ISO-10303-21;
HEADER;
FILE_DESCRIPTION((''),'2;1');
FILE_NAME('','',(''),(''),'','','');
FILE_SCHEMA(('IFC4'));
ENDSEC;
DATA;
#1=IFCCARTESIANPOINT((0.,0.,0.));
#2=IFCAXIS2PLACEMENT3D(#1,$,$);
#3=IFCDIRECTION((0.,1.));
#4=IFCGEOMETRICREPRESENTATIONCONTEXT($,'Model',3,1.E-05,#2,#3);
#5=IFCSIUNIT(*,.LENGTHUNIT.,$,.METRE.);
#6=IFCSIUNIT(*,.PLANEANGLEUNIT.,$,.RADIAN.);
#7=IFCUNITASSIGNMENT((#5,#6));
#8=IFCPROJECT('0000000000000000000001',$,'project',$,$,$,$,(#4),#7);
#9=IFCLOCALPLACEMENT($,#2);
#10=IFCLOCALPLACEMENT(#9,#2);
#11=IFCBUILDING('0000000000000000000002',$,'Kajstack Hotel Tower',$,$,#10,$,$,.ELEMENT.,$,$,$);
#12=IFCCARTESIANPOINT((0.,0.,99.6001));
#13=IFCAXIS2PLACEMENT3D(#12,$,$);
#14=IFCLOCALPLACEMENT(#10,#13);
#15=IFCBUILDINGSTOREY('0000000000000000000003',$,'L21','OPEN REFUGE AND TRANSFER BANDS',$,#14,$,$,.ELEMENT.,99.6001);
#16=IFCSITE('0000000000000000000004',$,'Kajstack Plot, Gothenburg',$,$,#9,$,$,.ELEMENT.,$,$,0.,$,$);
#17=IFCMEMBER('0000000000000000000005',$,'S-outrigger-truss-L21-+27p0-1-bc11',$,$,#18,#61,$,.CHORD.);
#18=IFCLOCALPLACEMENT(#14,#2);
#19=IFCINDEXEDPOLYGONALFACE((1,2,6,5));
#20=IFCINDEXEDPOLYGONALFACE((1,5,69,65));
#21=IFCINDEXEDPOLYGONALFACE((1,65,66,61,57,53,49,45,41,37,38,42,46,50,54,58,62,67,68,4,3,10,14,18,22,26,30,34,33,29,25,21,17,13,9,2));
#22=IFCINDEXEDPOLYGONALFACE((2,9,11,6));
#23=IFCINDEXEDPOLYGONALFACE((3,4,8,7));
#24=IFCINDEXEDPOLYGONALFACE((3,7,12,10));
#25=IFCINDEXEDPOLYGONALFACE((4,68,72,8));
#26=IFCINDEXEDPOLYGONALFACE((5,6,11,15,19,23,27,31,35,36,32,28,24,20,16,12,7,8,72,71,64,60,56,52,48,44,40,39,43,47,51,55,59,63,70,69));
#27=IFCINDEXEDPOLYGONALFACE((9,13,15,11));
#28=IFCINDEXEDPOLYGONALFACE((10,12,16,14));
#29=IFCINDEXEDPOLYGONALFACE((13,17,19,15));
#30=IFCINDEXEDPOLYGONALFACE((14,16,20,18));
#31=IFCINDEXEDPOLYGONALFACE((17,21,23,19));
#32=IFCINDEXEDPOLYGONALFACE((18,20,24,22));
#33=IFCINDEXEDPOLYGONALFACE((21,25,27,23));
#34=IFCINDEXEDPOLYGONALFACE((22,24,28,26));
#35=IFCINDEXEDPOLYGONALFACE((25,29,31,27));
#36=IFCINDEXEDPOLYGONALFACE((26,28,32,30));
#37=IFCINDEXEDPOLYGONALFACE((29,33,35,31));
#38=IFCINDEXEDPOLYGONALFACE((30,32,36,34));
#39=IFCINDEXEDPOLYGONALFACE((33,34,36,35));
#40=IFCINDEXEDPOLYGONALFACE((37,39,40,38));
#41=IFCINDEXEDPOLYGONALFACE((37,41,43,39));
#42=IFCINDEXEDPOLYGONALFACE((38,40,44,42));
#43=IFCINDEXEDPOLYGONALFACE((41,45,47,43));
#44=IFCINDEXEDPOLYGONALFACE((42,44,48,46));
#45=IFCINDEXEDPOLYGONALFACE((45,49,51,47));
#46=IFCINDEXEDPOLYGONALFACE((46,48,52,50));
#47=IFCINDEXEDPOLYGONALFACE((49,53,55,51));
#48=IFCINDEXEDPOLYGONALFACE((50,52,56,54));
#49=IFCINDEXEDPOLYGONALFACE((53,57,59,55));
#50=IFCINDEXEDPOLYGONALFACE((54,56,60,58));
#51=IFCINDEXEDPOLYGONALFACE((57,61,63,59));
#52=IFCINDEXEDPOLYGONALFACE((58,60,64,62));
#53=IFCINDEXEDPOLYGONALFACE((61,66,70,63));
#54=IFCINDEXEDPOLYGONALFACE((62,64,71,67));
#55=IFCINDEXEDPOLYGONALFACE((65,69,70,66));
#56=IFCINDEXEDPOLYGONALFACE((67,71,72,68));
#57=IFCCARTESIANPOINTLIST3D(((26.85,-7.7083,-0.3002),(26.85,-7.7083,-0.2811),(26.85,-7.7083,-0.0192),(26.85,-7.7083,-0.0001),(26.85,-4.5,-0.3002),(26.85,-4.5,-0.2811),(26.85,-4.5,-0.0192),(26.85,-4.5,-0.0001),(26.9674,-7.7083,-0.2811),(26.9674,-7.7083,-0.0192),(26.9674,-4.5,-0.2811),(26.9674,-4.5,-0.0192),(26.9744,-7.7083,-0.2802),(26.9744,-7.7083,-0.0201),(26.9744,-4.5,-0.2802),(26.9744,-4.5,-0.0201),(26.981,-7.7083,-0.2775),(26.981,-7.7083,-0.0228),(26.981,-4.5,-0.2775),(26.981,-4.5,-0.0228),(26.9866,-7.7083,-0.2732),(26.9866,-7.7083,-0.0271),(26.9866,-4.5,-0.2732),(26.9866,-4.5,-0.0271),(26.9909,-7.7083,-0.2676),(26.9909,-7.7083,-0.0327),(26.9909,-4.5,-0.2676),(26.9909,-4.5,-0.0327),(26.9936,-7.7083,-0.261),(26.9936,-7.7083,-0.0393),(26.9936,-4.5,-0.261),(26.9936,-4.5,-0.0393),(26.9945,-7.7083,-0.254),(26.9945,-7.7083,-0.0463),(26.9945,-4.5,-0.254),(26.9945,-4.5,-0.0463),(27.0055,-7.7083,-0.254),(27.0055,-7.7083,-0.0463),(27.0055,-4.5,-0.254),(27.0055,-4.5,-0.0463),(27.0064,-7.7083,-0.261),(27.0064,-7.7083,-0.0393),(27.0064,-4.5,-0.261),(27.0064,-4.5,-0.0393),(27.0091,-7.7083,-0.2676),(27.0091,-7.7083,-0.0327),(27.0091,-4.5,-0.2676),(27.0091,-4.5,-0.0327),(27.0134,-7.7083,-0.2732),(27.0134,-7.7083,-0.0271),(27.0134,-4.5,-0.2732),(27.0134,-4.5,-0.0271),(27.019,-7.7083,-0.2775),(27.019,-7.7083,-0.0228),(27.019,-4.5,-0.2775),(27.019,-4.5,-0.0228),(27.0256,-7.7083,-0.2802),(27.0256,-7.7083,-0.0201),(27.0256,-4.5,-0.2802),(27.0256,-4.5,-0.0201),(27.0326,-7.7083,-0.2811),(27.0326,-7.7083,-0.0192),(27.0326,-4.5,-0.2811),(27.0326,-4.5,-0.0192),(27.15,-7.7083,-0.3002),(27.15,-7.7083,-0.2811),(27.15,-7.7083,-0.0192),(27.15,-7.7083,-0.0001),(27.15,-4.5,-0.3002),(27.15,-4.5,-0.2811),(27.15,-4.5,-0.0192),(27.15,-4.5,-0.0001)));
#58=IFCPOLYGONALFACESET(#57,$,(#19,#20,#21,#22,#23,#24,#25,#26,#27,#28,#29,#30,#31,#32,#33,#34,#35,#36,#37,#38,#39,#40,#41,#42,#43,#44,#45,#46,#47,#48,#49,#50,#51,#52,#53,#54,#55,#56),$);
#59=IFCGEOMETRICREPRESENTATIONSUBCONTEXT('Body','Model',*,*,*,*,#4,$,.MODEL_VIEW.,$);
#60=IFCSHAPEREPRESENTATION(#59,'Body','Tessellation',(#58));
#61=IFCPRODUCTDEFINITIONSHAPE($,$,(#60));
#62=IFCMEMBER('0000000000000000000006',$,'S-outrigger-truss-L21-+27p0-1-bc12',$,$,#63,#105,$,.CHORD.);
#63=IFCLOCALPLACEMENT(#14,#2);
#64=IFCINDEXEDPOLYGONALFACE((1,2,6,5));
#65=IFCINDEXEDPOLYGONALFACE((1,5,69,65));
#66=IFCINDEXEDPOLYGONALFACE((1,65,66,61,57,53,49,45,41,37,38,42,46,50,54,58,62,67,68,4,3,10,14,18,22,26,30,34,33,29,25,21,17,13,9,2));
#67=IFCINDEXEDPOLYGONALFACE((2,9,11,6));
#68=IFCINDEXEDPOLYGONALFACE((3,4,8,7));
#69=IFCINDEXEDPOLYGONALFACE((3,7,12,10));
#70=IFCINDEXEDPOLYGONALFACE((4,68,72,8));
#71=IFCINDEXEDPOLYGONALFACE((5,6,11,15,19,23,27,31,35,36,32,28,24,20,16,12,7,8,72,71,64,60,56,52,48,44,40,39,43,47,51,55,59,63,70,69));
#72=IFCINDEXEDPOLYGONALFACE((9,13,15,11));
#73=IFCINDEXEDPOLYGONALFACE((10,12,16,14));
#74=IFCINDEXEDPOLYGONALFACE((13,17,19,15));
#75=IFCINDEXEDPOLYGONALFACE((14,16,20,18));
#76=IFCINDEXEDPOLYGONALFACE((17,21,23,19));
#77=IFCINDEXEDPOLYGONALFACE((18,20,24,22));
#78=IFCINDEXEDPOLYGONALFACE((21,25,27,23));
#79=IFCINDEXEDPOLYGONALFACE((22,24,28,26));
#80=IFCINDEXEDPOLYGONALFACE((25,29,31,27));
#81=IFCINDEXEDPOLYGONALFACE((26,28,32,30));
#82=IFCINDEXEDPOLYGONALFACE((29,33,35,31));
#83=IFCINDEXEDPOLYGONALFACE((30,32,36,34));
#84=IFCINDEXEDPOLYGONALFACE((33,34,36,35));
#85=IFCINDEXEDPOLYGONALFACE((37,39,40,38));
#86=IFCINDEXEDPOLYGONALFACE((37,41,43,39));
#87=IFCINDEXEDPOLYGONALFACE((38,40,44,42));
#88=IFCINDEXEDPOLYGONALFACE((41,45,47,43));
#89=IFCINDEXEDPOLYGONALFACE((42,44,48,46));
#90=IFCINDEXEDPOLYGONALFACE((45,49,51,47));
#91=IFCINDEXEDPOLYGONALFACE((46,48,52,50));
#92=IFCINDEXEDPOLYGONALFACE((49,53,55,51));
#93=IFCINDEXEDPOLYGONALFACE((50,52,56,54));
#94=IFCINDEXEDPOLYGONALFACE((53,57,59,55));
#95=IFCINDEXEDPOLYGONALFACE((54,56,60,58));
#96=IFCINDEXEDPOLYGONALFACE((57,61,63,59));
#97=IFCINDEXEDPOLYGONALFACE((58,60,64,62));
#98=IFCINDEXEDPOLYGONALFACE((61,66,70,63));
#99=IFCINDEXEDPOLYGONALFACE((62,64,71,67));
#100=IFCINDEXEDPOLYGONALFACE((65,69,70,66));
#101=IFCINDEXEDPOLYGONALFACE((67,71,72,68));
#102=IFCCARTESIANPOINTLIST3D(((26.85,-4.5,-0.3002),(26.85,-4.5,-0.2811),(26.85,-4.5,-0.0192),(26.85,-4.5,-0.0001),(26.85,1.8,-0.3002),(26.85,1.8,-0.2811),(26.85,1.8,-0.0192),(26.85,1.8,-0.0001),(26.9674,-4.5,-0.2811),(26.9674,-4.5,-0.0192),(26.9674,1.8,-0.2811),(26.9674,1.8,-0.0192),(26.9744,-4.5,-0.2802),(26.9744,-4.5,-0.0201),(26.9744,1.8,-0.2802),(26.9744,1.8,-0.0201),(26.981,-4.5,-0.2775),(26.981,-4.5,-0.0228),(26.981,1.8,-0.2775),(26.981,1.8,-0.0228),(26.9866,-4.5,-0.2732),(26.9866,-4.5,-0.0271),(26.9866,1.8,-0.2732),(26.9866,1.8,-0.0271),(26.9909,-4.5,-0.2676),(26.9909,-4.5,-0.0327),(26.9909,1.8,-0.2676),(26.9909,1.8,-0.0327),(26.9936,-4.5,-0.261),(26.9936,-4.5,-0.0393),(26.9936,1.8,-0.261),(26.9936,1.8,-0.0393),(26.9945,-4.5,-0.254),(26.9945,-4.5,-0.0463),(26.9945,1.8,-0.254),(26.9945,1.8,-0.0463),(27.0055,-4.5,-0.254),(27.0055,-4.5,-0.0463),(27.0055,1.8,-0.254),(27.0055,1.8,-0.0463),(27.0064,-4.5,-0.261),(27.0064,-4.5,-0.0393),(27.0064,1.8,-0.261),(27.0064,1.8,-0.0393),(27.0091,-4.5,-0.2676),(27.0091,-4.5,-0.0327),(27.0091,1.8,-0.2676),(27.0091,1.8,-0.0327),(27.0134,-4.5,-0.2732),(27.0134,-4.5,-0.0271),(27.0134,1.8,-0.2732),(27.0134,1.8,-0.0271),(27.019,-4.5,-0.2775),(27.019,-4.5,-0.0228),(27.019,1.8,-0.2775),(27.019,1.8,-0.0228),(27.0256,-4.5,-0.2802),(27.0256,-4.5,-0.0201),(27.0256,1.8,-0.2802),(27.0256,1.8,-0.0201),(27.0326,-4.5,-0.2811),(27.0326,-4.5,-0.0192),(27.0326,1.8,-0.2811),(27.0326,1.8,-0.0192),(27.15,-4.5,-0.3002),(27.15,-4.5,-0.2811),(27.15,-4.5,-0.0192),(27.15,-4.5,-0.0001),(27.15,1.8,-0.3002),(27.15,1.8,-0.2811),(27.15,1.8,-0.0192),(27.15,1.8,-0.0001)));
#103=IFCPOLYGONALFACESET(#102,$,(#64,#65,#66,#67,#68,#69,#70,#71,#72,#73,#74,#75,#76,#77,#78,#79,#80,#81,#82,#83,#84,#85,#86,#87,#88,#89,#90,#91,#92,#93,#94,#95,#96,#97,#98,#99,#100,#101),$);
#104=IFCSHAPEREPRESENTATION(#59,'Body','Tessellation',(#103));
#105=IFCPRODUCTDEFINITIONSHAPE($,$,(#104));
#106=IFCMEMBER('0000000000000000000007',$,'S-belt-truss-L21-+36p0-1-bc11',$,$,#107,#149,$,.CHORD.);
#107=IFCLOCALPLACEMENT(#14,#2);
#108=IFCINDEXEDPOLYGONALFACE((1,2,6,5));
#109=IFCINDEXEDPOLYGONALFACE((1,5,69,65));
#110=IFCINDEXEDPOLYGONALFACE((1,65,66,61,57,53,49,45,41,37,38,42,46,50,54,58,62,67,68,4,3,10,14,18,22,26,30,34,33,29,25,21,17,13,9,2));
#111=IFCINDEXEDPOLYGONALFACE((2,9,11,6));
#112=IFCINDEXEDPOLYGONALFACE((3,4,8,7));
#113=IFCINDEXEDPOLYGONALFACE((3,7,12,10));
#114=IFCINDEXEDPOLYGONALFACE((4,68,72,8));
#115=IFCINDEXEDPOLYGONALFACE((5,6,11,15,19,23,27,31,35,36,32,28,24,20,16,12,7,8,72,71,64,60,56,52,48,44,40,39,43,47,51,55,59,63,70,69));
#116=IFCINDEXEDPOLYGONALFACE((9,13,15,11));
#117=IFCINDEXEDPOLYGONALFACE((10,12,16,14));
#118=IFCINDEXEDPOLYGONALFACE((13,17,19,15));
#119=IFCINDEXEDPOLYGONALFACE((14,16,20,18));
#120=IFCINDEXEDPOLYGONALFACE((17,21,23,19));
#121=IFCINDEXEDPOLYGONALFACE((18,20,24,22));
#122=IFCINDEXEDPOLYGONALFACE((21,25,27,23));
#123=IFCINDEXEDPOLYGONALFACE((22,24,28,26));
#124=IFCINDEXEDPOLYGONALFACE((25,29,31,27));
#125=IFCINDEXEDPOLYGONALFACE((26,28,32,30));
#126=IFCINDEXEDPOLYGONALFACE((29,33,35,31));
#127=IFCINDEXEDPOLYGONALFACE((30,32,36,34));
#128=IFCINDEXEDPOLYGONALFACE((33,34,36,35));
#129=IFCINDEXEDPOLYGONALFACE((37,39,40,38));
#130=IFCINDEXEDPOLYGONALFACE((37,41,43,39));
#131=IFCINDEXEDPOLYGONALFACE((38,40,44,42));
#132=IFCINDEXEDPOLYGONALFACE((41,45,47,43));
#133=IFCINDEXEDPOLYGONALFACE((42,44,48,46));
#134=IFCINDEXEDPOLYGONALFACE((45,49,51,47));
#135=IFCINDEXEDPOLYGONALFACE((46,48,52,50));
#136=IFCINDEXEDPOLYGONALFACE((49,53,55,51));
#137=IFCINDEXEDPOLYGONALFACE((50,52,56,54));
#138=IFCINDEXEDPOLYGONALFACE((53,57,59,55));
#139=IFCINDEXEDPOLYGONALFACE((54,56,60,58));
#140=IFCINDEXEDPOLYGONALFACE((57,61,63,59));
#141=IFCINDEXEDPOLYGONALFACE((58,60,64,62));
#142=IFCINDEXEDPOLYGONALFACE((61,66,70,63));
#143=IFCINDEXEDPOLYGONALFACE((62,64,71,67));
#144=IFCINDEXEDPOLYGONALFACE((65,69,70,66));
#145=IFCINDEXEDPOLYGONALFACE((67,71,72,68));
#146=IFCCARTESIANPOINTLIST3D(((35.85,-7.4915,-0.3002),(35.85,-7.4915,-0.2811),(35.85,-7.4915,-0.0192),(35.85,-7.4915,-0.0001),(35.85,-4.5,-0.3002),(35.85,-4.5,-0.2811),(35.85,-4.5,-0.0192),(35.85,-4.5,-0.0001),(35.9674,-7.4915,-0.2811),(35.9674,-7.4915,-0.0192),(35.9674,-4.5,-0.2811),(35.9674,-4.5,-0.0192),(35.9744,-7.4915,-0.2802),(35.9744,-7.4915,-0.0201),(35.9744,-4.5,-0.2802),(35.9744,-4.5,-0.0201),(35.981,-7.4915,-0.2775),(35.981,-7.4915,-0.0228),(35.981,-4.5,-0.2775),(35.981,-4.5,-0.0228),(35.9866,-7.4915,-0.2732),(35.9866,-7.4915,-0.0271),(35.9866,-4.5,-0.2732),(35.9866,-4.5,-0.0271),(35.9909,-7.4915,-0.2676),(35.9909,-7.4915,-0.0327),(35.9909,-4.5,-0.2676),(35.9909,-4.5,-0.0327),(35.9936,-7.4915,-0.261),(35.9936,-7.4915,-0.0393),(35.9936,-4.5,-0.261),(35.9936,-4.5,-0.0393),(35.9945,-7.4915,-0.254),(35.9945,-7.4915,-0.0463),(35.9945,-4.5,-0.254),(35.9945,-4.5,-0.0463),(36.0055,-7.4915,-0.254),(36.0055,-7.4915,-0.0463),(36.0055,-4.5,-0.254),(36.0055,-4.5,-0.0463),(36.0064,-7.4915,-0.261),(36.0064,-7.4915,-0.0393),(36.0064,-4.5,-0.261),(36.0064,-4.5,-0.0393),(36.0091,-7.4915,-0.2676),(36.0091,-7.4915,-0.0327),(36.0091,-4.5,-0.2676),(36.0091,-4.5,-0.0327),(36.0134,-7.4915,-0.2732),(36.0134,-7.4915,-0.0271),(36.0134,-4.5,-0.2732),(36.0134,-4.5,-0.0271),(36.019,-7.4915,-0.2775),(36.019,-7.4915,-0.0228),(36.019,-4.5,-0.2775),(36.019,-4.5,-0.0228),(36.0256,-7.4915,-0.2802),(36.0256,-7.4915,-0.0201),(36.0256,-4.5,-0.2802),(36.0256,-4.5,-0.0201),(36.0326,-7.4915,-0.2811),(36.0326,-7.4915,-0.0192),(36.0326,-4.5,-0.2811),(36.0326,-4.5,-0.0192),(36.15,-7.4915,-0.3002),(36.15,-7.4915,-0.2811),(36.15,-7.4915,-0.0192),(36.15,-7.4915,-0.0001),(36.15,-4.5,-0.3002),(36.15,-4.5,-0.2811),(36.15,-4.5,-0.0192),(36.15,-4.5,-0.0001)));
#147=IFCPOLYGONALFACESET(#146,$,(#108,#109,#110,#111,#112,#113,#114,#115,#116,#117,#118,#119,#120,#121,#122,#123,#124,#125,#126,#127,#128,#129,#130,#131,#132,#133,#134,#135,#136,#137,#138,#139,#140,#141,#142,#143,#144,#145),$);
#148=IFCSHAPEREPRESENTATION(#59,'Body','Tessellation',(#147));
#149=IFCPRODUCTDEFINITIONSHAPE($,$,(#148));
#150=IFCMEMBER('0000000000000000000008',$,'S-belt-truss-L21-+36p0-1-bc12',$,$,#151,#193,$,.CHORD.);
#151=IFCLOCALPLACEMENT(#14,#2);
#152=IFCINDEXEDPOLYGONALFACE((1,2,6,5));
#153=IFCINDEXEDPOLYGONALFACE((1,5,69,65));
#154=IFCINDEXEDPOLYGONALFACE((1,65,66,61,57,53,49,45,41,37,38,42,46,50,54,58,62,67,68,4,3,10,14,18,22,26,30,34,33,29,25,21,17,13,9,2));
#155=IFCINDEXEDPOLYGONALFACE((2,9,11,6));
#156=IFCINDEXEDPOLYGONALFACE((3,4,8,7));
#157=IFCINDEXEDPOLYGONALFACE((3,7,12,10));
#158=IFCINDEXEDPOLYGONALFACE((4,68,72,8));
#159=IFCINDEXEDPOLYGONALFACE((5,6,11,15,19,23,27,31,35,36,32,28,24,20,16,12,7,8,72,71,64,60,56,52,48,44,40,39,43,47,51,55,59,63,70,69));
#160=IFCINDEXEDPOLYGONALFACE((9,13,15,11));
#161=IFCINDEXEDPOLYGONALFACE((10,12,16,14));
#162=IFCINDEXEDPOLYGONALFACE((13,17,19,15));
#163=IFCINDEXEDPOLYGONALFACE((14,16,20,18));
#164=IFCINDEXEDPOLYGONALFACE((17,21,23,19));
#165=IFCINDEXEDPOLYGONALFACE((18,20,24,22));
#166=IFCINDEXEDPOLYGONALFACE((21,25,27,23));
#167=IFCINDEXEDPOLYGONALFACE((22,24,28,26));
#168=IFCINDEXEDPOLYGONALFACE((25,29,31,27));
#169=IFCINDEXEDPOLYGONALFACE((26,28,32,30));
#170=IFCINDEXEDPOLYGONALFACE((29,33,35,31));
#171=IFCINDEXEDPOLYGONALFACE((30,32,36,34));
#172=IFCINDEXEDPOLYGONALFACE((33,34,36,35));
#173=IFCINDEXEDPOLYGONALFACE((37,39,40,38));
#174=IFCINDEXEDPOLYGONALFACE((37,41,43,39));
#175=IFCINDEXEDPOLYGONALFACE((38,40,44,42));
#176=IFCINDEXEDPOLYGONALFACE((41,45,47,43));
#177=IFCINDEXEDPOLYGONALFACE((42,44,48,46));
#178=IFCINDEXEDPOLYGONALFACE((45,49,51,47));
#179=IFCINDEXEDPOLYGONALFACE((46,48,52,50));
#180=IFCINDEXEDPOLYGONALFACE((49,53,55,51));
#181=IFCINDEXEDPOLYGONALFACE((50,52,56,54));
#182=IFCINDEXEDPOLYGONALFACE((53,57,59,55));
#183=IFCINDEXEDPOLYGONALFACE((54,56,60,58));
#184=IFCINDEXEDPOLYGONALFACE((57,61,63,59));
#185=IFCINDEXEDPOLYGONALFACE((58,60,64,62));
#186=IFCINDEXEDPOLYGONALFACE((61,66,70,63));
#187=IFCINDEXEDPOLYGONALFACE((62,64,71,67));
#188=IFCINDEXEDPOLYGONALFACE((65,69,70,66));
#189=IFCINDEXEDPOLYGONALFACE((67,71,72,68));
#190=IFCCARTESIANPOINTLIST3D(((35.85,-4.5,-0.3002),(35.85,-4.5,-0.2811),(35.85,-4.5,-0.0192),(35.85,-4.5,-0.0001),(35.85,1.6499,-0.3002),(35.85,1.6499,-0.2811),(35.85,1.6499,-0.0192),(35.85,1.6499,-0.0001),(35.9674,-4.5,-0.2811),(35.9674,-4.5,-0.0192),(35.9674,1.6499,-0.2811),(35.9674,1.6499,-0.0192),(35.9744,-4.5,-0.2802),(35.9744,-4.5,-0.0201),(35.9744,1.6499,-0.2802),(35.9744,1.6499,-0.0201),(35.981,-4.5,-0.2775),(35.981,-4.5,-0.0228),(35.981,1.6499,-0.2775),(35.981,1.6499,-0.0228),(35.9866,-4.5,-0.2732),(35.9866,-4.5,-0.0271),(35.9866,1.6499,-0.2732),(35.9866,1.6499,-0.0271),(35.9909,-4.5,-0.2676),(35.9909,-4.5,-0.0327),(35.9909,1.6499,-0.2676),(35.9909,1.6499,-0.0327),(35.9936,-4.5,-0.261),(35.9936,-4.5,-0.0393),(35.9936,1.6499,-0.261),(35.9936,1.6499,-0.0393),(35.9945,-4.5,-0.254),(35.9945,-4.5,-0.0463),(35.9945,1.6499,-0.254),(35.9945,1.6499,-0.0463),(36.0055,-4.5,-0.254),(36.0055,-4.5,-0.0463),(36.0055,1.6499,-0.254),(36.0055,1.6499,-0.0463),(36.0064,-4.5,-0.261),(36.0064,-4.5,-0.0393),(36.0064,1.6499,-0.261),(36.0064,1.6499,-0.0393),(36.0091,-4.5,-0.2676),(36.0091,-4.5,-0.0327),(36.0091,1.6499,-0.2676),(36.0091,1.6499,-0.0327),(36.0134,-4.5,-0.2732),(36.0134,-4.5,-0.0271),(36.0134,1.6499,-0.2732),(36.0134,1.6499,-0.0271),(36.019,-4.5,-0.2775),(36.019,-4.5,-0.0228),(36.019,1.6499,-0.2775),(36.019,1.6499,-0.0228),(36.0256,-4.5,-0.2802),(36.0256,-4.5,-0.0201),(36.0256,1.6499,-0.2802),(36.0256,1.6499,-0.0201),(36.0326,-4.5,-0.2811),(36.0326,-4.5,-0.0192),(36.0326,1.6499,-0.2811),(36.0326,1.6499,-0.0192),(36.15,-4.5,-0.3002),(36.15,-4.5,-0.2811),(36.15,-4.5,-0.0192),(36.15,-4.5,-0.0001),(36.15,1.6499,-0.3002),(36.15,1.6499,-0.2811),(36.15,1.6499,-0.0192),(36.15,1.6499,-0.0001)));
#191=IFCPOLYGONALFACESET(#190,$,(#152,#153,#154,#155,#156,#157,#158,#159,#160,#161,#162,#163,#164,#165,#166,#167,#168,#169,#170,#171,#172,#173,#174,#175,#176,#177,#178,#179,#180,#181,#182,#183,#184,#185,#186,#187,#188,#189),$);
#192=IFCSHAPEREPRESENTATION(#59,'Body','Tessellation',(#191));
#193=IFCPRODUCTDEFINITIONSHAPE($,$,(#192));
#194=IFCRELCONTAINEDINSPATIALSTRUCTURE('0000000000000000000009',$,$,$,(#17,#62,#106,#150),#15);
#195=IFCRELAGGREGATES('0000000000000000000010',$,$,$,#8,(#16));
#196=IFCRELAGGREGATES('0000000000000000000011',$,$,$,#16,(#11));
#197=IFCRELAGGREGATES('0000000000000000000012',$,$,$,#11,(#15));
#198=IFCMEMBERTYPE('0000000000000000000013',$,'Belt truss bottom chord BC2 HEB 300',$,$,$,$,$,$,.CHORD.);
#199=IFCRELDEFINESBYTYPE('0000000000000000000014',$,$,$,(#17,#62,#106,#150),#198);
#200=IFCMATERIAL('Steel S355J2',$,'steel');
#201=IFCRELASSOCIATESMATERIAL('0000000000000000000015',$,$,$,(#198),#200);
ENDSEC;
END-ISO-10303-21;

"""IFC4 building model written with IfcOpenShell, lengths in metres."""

from ifc_helpers import new_model, si_unit, direction, frame, origin, origin_2d, place, context, subcontext, project, spatial, i_section, extrude, material, material_profile, profile_set, type_object, element, save


model = new_model("IFC4")

# Units and contexts
model_context = context("Model", 3, precision=1e-05, world=origin(), true_north=direction((0.0, 1.0)))
body_context = subcontext(model_context, "Body", "Model", "MODEL_VIEW")
ifc_project = project(units=[si_unit("LENGTHUNIT", "METRE"), si_unit("PLANEANGLEUNIT", "RADIAN")], contexts=[model_context])

# Site, building, storey
site_placement = place(None, origin())
site = spatial("IfcSite", under=ifc_project, at=site_placement, Name="Kajstack Plot, Gothenburg", CompositionType="ELEMENT", RefElevation=0.0)
building_placement = place(site_placement, origin())
building = spatial("IfcBuilding", under=site, at=building_placement, Name="Kajstack Hotel Tower", CompositionType="ELEMENT")
storey_placement = place(building_placement, frame((0.0, 0.0, 99.6001)))
storey = spatial("IfcBuildingStorey", under=building, at=storey_placement, Name="L21", Description="OPEN REFUGE AND TRANSFER BANDS", CompositionType="ELEMENT", Elevation=99.6001)

# Members
ifc_material = material(Name="Steel S355J2", Category="steel")
ifc_material_profile_1 = material_profile(ifc_material, i_section(OverallWidth=0.3, OverallDepth=0.3, WebThickness=0.011, FlangeThickness=0.019, FilletRadius=0.0271, at=origin_2d()), Name="HEB 300")
ifc_profile_set_1 = profile_set([ifc_material_profile_1], Name="Steel S355J2")
member_type_1 = type_object("IfcMemberType", Name="Belt truss bottom chord BC2 HEB 300", PredefinedType="CHORD", material=ifc_profile_set_1)
member_1_placement = place(storey_placement, frame((27.0, -7.7083, -0.1501), z_axis=(0.0, 1.0, 0.0), x_axis=(-1.0, 0.0, 0.0)))
element("IfcMember", 1, at=member_1_placement, inside=storey, type_object=member_type_1, Name="S-outrigger-truss-L21-+27p0-1-bc11", PredefinedType="CHORD", context=body_context, shape_type="SweptSolid", body=[
    extrude(i_section(OverallWidth=0.3, OverallDepth=0.3, WebThickness=0.011, FlangeThickness=0.019, FilletRadius=0.0271, at=origin_2d()), origin(), (0.0, 0.0, 1.0), 3.2083),
])
member_2_placement = place(storey_placement, frame((27.0, -4.5, -0.1501), z_axis=(0.0, 1.0, 0.0), x_axis=(-1.0, 0.0, 0.0)))
element("IfcMember", 2, at=member_2_placement, inside=storey, type_object=member_type_1, Name="S-outrigger-truss-L21-+27p0-1-bc12", PredefinedType="CHORD", context=body_context, shape_type="SweptSolid", body=[
    extrude(i_section(OverallWidth=0.3, OverallDepth=0.3, WebThickness=0.011, FlangeThickness=0.019, FilletRadius=0.0271, at=origin_2d()), origin(), (0.0, 0.0, 1.0), 6.3),
])
member_3_placement = place(storey_placement, frame((36.0, -7.4915, -0.1501), z_axis=(0.0, 1.0, 0.0), x_axis=(-1.0, 0.0, 0.0)))
element("IfcMember", 3, at=member_3_placement, inside=storey, type_object=member_type_1, Name="S-belt-truss-L21-+36p0-1-bc11", PredefinedType="CHORD", context=body_context, shape_type="SweptSolid", body=[
    extrude(i_section(OverallWidth=0.3, OverallDepth=0.3, WebThickness=0.011, FlangeThickness=0.019, FilletRadius=0.0271, at=origin_2d()), origin(), (0.0, 0.0, 1.0), 2.9915),
])
member_4_placement = place(storey_placement, frame((36.0, -4.5, -0.1501), z_axis=(0.0, 1.0, 0.0), x_axis=(-1.0, 0.0, 0.0)))
element("IfcMember", 4, at=member_4_placement, inside=storey, type_object=member_type_1, Name="S-belt-truss-L21-+36p0-1-bc12", PredefinedType="CHORD", context=body_context, shape_type="SweptSolid", body=[
    extrude(i_section(OverallWidth=0.3, OverallDepth=0.3, WebThickness=0.011, FlangeThickness=0.019, FilletRadius=0.0271, at=origin_2d()), origin(), (0.0, 0.0, 1.0), 6.1499),
])

save(model, "model.ifc")
